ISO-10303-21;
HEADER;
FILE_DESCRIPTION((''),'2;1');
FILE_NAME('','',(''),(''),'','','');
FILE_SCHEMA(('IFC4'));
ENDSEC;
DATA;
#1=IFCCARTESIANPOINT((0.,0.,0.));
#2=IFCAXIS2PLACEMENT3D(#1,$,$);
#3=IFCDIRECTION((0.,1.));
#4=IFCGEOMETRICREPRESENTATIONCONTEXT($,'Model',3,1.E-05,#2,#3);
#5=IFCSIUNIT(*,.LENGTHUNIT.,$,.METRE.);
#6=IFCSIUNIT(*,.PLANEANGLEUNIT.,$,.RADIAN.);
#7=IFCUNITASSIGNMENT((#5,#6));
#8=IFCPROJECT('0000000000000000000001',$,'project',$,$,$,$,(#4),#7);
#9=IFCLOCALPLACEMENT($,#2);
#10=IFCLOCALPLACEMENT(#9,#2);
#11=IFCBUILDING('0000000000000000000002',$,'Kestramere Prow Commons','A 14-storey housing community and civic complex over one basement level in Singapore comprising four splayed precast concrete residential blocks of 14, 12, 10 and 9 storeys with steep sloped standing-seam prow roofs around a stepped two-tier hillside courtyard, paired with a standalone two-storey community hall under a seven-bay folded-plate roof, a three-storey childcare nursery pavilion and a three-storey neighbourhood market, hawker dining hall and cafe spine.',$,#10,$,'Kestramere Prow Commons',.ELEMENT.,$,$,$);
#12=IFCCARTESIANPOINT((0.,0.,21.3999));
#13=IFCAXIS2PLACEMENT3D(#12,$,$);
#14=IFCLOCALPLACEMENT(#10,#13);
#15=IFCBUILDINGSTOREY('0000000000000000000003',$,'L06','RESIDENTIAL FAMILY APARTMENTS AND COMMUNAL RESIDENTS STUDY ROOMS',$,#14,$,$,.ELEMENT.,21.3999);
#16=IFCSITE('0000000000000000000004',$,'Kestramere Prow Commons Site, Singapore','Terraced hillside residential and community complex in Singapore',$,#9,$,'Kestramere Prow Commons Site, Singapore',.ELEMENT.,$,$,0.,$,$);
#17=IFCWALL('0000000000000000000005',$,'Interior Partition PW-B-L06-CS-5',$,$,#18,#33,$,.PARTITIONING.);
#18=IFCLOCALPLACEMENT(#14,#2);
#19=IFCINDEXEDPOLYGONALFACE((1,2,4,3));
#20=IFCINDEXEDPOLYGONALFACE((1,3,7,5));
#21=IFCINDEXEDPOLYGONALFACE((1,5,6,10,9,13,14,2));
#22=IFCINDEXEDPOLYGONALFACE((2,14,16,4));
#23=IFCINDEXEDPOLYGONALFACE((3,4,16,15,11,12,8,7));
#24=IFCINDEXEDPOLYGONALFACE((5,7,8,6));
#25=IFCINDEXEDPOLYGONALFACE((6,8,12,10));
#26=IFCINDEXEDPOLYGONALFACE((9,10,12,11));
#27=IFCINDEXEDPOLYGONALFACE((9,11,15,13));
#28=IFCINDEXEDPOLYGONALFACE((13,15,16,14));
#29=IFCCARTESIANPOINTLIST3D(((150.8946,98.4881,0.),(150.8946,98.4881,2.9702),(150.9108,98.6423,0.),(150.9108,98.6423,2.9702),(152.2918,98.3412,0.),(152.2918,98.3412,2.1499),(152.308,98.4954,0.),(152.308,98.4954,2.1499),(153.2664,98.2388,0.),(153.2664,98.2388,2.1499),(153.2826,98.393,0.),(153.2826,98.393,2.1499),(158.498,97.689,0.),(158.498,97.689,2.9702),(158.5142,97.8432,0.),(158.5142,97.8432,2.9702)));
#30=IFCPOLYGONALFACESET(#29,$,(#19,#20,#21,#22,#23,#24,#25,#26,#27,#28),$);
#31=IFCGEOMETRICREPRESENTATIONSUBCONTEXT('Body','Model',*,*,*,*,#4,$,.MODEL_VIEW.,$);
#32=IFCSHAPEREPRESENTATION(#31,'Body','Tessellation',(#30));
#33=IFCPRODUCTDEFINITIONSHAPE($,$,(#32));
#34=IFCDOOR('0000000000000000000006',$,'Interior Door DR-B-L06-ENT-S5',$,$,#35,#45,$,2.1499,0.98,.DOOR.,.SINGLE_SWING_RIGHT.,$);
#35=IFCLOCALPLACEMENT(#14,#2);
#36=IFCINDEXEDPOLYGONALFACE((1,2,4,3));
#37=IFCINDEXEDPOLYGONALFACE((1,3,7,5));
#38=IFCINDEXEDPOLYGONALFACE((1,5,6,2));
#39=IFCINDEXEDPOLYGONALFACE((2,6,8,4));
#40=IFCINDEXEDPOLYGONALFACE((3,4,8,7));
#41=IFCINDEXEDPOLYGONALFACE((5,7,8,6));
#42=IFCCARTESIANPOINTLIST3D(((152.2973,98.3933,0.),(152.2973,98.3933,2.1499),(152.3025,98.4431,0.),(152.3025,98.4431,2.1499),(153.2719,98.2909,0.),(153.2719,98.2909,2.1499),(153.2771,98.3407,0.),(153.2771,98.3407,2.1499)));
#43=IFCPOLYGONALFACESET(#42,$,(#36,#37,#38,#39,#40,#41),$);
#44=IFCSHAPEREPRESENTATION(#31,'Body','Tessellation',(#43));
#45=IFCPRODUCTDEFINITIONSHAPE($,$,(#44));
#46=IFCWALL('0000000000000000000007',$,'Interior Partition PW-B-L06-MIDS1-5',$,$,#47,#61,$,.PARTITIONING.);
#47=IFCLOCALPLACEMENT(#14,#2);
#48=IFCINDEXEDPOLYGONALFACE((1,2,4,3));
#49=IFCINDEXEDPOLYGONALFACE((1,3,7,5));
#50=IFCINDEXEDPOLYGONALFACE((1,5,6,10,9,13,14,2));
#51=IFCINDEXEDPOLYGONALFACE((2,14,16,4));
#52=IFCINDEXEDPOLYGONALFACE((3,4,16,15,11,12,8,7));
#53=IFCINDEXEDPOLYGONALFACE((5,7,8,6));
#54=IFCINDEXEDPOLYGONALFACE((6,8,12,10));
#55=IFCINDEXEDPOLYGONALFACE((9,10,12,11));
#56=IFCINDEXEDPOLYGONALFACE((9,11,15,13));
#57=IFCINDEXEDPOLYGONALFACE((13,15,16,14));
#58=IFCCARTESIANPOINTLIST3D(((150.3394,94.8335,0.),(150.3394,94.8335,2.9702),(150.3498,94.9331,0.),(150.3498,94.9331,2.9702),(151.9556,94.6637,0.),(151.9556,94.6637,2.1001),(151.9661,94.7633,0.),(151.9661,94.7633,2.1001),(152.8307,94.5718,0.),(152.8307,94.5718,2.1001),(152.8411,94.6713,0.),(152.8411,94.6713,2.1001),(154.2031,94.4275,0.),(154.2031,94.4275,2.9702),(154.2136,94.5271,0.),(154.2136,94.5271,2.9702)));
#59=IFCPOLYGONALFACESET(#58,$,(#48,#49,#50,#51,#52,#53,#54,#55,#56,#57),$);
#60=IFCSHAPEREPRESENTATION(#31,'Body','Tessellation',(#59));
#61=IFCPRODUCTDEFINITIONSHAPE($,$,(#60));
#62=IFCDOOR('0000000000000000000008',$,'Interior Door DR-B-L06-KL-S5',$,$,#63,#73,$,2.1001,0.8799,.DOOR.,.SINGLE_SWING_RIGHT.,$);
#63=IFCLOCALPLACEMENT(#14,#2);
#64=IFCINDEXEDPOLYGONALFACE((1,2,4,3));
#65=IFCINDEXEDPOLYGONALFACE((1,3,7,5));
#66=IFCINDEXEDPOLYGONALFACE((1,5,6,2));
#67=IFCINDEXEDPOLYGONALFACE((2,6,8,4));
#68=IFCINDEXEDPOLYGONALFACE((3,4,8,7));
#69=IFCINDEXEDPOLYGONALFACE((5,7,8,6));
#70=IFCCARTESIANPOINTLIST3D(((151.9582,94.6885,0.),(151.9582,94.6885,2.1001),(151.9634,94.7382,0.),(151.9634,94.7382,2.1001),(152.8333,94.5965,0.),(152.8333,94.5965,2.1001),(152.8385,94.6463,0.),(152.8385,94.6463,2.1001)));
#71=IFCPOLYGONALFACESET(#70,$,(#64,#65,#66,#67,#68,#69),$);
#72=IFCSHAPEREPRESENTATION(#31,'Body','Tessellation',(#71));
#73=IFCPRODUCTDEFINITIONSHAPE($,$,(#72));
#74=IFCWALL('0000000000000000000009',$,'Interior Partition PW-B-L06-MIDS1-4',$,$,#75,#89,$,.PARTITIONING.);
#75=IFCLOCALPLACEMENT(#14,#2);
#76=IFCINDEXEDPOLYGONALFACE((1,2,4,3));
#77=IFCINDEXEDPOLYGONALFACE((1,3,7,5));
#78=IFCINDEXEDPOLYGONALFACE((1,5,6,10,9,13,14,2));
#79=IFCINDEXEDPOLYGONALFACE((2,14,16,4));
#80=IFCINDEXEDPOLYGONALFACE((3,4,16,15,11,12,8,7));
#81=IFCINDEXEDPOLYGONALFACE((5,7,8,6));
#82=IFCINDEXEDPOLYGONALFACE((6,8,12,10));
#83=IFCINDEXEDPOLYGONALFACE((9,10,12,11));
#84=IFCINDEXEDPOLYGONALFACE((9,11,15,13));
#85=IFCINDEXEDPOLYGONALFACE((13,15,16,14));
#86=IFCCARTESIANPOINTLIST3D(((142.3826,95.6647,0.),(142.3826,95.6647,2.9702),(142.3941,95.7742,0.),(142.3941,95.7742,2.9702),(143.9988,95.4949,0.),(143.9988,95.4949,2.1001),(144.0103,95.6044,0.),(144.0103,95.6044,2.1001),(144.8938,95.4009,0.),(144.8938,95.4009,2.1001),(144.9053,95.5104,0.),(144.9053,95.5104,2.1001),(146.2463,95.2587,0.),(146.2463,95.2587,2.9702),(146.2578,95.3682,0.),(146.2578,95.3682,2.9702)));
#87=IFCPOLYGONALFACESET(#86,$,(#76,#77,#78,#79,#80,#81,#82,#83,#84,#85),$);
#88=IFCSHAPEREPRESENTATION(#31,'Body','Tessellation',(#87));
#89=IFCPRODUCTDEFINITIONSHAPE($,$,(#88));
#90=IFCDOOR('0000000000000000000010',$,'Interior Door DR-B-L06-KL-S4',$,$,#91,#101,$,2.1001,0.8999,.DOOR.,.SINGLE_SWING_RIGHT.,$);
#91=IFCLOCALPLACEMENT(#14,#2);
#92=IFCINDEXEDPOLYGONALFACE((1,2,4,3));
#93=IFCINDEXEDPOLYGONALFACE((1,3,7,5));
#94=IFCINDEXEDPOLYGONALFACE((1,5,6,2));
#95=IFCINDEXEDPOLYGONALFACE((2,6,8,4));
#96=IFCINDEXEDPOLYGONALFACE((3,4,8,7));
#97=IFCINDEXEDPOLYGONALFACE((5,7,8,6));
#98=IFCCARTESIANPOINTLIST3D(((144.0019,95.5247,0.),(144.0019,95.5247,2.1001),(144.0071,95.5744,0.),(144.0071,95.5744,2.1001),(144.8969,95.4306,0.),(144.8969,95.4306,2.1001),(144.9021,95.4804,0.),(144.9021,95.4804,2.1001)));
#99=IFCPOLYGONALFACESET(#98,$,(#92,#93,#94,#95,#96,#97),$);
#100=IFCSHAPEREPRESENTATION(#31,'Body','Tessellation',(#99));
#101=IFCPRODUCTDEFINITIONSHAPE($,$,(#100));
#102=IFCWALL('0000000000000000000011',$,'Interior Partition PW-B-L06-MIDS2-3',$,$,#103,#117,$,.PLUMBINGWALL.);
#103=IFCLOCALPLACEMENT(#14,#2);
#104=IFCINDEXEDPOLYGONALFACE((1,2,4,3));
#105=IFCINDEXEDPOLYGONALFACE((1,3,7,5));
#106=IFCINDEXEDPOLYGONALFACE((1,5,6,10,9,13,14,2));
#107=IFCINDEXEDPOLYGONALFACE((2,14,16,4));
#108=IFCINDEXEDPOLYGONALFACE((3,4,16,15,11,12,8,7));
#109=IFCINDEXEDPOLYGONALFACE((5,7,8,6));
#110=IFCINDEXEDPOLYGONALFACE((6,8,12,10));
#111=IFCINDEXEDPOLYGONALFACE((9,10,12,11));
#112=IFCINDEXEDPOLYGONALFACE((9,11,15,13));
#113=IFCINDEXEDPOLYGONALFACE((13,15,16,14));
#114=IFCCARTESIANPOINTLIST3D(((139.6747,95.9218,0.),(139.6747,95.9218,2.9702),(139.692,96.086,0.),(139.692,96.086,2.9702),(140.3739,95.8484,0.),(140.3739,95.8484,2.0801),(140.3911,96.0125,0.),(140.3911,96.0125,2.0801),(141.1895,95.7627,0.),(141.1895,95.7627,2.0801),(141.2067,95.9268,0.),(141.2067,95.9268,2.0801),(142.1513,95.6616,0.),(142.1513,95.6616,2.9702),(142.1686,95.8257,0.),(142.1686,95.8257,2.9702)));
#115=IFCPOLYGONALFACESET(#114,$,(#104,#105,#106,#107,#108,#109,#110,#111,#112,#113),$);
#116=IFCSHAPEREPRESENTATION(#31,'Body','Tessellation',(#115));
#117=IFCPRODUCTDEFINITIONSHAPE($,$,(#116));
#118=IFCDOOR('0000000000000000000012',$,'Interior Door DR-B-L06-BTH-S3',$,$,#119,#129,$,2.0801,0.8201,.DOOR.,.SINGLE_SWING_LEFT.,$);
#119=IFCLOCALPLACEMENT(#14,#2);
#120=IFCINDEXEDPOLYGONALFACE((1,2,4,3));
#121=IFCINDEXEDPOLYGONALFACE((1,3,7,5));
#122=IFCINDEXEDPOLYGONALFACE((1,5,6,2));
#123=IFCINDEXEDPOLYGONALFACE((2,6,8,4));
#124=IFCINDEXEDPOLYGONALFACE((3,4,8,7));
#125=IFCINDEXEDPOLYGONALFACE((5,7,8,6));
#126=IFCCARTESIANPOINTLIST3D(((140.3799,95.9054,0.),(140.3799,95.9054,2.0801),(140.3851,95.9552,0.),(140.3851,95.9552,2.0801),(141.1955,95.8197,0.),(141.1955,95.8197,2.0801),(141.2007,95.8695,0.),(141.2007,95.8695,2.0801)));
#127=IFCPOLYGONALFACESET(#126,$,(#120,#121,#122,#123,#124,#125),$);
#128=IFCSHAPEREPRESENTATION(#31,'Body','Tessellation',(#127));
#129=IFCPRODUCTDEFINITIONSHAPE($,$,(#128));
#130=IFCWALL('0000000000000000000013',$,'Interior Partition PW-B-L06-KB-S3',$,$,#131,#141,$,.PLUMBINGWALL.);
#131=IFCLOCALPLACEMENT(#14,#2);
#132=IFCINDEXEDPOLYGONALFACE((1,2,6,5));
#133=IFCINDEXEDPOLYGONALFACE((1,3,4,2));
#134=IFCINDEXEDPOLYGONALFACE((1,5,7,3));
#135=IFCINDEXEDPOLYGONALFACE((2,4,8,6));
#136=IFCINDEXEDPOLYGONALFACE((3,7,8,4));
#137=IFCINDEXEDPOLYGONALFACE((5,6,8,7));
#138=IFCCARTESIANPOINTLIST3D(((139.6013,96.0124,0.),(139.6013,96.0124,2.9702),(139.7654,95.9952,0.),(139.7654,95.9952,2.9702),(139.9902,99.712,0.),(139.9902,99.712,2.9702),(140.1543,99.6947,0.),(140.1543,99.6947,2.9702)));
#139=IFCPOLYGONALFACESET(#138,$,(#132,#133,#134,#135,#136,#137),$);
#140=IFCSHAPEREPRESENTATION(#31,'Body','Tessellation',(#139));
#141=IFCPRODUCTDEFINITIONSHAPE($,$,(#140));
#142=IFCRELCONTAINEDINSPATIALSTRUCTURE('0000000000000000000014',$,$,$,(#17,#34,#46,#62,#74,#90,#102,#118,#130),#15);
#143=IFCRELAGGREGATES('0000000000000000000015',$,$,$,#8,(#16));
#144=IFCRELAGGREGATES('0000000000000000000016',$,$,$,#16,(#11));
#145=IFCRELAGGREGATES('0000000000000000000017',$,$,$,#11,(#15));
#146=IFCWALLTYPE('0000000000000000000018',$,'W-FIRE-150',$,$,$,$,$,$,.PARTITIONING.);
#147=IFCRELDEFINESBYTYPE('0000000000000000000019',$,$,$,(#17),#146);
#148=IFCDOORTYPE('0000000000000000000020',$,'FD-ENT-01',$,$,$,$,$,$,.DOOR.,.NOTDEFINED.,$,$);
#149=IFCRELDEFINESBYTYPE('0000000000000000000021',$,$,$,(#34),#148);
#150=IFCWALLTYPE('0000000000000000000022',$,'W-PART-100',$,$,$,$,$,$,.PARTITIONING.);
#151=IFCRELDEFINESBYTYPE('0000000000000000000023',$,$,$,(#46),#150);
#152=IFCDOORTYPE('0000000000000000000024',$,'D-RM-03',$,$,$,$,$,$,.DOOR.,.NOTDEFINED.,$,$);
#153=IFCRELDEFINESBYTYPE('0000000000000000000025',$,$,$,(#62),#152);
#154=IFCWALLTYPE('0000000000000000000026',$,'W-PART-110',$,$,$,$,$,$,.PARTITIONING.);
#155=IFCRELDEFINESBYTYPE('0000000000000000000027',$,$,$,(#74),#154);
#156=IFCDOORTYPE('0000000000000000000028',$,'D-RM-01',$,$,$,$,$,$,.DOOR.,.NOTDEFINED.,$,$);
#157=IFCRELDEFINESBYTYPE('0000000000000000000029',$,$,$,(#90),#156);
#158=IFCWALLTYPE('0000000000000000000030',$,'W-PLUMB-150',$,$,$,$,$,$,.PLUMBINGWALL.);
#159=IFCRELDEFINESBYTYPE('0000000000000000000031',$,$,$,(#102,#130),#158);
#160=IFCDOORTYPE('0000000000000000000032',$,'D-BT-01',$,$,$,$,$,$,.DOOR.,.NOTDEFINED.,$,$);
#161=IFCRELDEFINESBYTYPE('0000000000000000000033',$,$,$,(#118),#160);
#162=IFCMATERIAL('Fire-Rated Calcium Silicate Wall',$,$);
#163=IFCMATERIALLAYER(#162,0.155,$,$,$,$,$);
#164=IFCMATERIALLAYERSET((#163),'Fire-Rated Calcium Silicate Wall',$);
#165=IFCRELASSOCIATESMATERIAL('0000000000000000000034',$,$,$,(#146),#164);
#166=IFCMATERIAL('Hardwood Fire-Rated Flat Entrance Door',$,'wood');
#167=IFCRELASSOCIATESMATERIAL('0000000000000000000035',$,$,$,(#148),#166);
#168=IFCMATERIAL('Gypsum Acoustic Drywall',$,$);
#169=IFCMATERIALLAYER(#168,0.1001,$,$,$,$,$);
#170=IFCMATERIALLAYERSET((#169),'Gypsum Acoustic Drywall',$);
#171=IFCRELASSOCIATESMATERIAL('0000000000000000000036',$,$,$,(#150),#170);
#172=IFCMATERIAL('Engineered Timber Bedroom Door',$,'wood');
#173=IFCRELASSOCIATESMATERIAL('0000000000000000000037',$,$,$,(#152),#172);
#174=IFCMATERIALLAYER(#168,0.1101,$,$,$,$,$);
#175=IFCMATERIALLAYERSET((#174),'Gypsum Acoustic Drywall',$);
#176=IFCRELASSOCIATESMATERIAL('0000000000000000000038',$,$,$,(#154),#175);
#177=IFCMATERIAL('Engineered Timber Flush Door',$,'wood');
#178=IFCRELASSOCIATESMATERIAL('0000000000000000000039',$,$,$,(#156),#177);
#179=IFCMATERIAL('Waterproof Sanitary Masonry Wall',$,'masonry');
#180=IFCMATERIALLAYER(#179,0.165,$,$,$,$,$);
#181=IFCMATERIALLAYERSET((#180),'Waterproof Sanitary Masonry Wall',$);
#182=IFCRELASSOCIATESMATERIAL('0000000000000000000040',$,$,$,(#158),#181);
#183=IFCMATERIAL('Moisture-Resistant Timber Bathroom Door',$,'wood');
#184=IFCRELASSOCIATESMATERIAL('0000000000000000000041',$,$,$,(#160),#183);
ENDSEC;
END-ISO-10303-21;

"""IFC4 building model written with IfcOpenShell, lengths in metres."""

from ifc_helpers import new_model, si_unit, direction, frame, frame_2d, origin, place, context, subcontext, project, spatial, rectangle, extrude, material, layer, layer_set, type_object, element, fill, save


model = new_model("IFC4")

# Units and contexts
model_context = context("Model", 3, precision=1e-05, world=origin(), true_north=direction((0.0, 1.0)))
body_context = subcontext(model_context, "Body", "Model", "MODEL_VIEW")
ifc_project = project(units=[si_unit("LENGTHUNIT", "METRE"), si_unit("PLANEANGLEUNIT", "RADIAN")], contexts=[model_context])

# Site, building, storey
site_placement = place(None, origin())
site = spatial("IfcSite", under=ifc_project, at=site_placement, Name="Kestramere Prow Commons Site, Singapore", Description="Terraced hillside residential and community complex in Singapore", LongName="Kestramere Prow Commons Site, Singapore", CompositionType="ELEMENT", RefElevation=0.0)
building_placement = place(site_placement, origin())
building = spatial("IfcBuilding", under=site, at=building_placement, Name="Kestramere Prow Commons", Description="A 14-storey housing community and civic complex over one basement level in Singapore comprising four splayed precast concrete residential blocks of 14, 12, 10 and 9 storeys with steep sloped standing-seam prow roofs around a stepped two-tier hillside courtyard, paired with a standalone two-storey community hall under a seven-bay folded-plate roof, a three-storey childcare nursery pavilion and a three-storey neighbourhood market, hawker dining hall and cafe spine.", LongName="Kestramere Prow Commons", CompositionType="ELEMENT")
storey_placement = place(building_placement, frame((0.0, 0.0, 21.3999)))
storey = spatial("IfcBuildingStorey", under=building, at=storey_placement, Name="L06", Description="RESIDENTIAL FAMILY APARTMENTS AND COMMUNAL RESIDENTS STUDY ROOMS", CompositionType="ELEMENT", Elevation=21.3999)

# Walls, openings, doors
ifc_material_1 = material(Name="Fire-Rated Calcium Silicate Wall")
ifc_layer_1 = layer(ifc_material_1, 0.155)
ifc_layer_set_1 = layer_set([ifc_layer_1], Name="Fire-Rated Calcium Silicate Wall")
wall_type_1 = type_object("IfcWallType", Name="W-FIRE-150", PredefinedType="PARTITIONING", material=ifc_layer_set_1)
ifc_material_2 = material(Name="Hardwood Fire-Rated Flat Entrance Door", Category="wood")
wall_1_placement = place(storey_placement, frame((150.9026, 98.5652, 0.0), z_axis=(0.0, 0.0, 1.0), x_axis=(0.994523, -0.10452, 0.0)))
wall_1 = element("IfcWall", 1, at=wall_1_placement, inside=storey, type_object=wall_type_1, Name="Interior Partition PW-B-L06-CS-5", PredefinedType="PARTITIONING", context=body_context, shape_type="SweptSolid", body=[
    extrude(rectangle(XDim=7.6453, YDim=0.155, at=frame_2d((3.8228, 0.0))), origin(), (0.0, 0.0, 1.0), 2.9702),
])
opening_1_placement = place(wall_1_placement, frame((1.405, 0.0, 0.0)))
opening_1 = element("IfcOpeningElement", 2, at=opening_1_placement, cuts=wall_1, PredefinedType="OPENING", context=body_context, shape_type="SweptSolid", body=[
    extrude(rectangle(XDim=0.98, YDim=2.1499, at=frame_2d((0.49, 1.075))), frame((0.0, 0.0925, 0.0), z_axis=(0.0, -1.0, 0.0), x_axis=(1.0, 0.0, 0.0)), (0.0, 0.0, 1.0), 0.1851),
])
door_type_1 = type_object("IfcDoorType", Name="FD-ENT-01", OperationType="NOTDEFINED", PredefinedType="DOOR", material=ifc_material_2)
door_1_placement = place(opening_1_placement, origin())
door_1 = element("IfcDoor", 3, at=door_1_placement, inside=storey, type_object=door_type_1, Name="Interior Door DR-B-L06-ENT-S5", OperationType="SINGLE_SWING_RIGHT", OverallHeight=2.1499, OverallWidth=0.98, PredefinedType="DOOR", context=body_context, shape_type="SweptSolid", body=[
    extrude(rectangle(XDim=0.98, YDim=2.1499, at=frame_2d((0.49, 1.075))), frame((0.0, 0.0249, 0.0), z_axis=(0.0, -1.0, 0.0), x_axis=(1.0, 0.0, 0.0)), (0.0, 0.0, 1.0), 0.05),
])
fill(opening_1, door_1)
ifc_material_3 = material(Name="Gypsum Acoustic Drywall")
ifc_layer_2 = layer(ifc_material_3, 0.1001)
ifc_layer_set_2 = layer_set([ifc_layer_2], Name="Gypsum Acoustic Drywall")
wall_type_2 = type_object("IfcWallType", Name="W-PART-100", PredefinedType="PARTITIONING", material=ifc_layer_set_2)
wall_2_placement = place(storey_placement, frame((150.3447, 94.8833, 0.0), z_axis=(0.0, 0.0, 1.0), x_axis=(0.994524, -0.104505, 0.0)))
wall_2 = element("IfcWall", 4, at=wall_2_placement, inside=storey, type_object=wall_type_2, Name="Interior Partition PW-B-L06-MIDS1-5", PredefinedType="PARTITIONING", context=body_context, shape_type="SweptSolid", body=[
    extrude(rectangle(XDim=3.885, YDim=0.1001, at=frame_2d((1.9424, 0.0))), origin(), (0.0, 0.0, 1.0), 2.9702),
])
opening_2_placement = place(wall_2_placement, frame((1.625, 0.0, 0.0)))
opening_2 = element("IfcOpeningElement", 5, at=opening_2_placement, cuts=wall_2, PredefinedType="OPENING", context=body_context, shape_type="SweptSolid", body=[
    extrude(rectangle(XDim=0.8799, YDim=2.1001, at=frame_2d((0.4399, 1.05))), frame((0.0, 0.0649, 0.0), z_axis=(0.0, -1.0, 0.0), x_axis=(1.0, 0.0, 0.0)), (0.0, 0.0, 1.0), 0.1301),
])
ifc_material_4 = material(Name="Engineered Timber Bedroom Door", Category="wood")
door_type_2 = type_object("IfcDoorType", Name="D-RM-03", OperationType="NOTDEFINED", PredefinedType="DOOR", material=ifc_material_4)
door_2_placement = place(opening_2_placement, origin())
door_2 = element("IfcDoor", 6, at=door_2_placement, inside=storey, type_object=door_type_2, Name="Interior Door DR-B-L06-KL-S5", OperationType="SINGLE_SWING_RIGHT", OverallHeight=2.1001, OverallWidth=0.8799, PredefinedType="DOOR", context=body_context, shape_type="SweptSolid", body=[
    extrude(rectangle(XDim=0.8799, YDim=2.1001, at=frame_2d((0.4399, 1.05))), frame((0.0, 0.0249, 0.0), z_axis=(0.0, -1.0, 0.0), x_axis=(1.0, 0.0, 0.0)), (0.0, 0.0, 1.0), 0.05),
])
fill(opening_2, door_2)
ifc_layer_3 = layer(ifc_material_3, 0.1101)
ifc_layer_set_3 = layer_set([ifc_layer_3], Name="Gypsum Acoustic Drywall")
wall_type_3 = type_object("IfcWallType", Name="W-PART-110", PredefinedType="PARTITIONING", material=ifc_layer_set_3)
wall_3_placement = place(storey_placement, frame((142.3884, 95.7195, 0.0), z_axis=(0.0, 0.0, 1.0), x_axis=(0.994524, -0.104505, 0.0)))
wall_3 = element("IfcWall", 7, at=wall_3_placement, inside=storey, type_object=wall_type_3, Name="Interior Partition PW-B-L06-MIDS1-4", PredefinedType="PARTITIONING", context=body_context, shape_type="SweptSolid", body=[
    extrude(rectangle(XDim=3.885, YDim=0.1101, at=frame_2d((1.9424, 0.0))), origin(), (0.0, 0.0, 1.0), 2.9702),
])
opening_3_placement = place(wall_3_placement, frame((1.625, 0.0, 0.0)))
opening_3 = element("IfcOpeningElement", 8, at=opening_3_placement, cuts=wall_3, PredefinedType="OPENING", context=body_context, shape_type="SweptSolid", body=[
    extrude(rectangle(XDim=0.8999, YDim=2.1001, at=frame_2d((0.45, 1.05))), frame((0.0, 0.0701, 0.0), z_axis=(0.0, -1.0, 0.0), x_axis=(1.0, 0.0, 0.0)), (0.0, 0.0, 1.0), 0.1401),
])
ifc_material_5 = material(Name="Engineered Timber Flush Door", Category="wood")
door_type_3 = type_object("IfcDoorType", Name="D-RM-01", OperationType="NOTDEFINED", PredefinedType="DOOR", material=ifc_material_5)
door_3_placement = place(opening_3_placement, origin())
door_3 = element("IfcDoor", 9, at=door_3_placement, inside=storey, type_object=door_type_3, Name="Interior Door DR-B-L06-KL-S4", OperationType="SINGLE_SWING_RIGHT", OverallHeight=2.1001, OverallWidth=0.8999, PredefinedType="DOOR", context=body_context, shape_type="SweptSolid", body=[
    extrude(rectangle(XDim=0.8999, YDim=2.1001, at=frame_2d((0.45, 1.05))), frame((0.0, 0.0249, 0.0), z_axis=(0.0, -1.0, 0.0), x_axis=(1.0, 0.0, 0.0)), (0.0, 0.0, 1.0), 0.05),
])
fill(opening_3, door_3)
ifc_material_6 = material(Name="Waterproof Sanitary Masonry Wall", Category="masonry")
ifc_layer_4 = layer(ifc_material_6, 0.165)
ifc_layer_set_4 = layer_set([ifc_layer_4], Name="Waterproof Sanitary Masonry Wall")
wall_type_4 = type_object("IfcWallType", Name="W-PLUMB-150", PredefinedType="PLUMBINGWALL", material=ifc_layer_set_4)
wall_4_placement = place(storey_placement, frame((139.6833, 96.0039, 0.0), z_axis=(0.0, 0.0, 1.0), x_axis=(0.994524, -0.104511, 0.0)))
wall_4 = element("IfcWall", 10, at=wall_4_placement, inside=storey, type_object=wall_type_4, Name="Interior Partition PW-B-L06-MIDS2-3", PredefinedType="PLUMBINGWALL", context=body_context, shape_type="SweptSolid", body=[
    extrude(rectangle(XDim=2.4902, YDim=0.165, at=frame_2d((1.2451, 0.0))), origin(), (0.0, 0.0, 1.0), 2.9702),
])
opening_4_placement = place(wall_4_placement, frame((0.7029, 0.0, 0.0)))
opening_4 = element("IfcOpeningElement", 11, at=opening_4_placement, cuts=wall_4, PredefinedType="OPENING", context=body_context, shape_type="SweptSolid", body=[
    extrude(rectangle(XDim=0.8201, YDim=2.0801, at=frame_2d((0.4102, 1.04))), frame((0.0, 0.0974, 0.0), z_axis=(0.0, -1.0, 0.0), x_axis=(1.0, 0.0, 0.0)), (0.0, 0.0, 1.0), 0.1951),
])
ifc_material_7 = material(Name="Moisture-Resistant Timber Bathroom Door", Category="wood")
door_type_4 = type_object("IfcDoorType", Name="D-BT-01", OperationType="NOTDEFINED", PredefinedType="DOOR", material=ifc_material_7)
door_4_placement = place(opening_4_placement, origin())
door_4 = element("IfcDoor", 12, at=door_4_placement, inside=storey, type_object=door_type_4, Name="Interior Door DR-B-L06-BTH-S3", OperationType="SINGLE_SWING_LEFT", OverallHeight=2.0801, OverallWidth=0.8201, PredefinedType="DOOR", context=body_context, shape_type="SweptSolid", body=[
    extrude(rectangle(XDim=0.8201, YDim=2.0801, at=frame_2d((0.4102, 1.04))), frame((0.0, 0.0249, 0.0), z_axis=(0.0, -1.0, 0.0), x_axis=(1.0, 0.0, 0.0)), (0.0, 0.0, 1.0), 0.05),
])
fill(opening_4, door_4)

# Wall
wall_5_placement = place(storey_placement, frame((139.6833, 96.0039, 0.0), z_axis=(0.0, 0.0, 1.0), x_axis=(0.104552, 0.994519, 0.0)))
element("IfcWall", 13, at=wall_5_placement, inside=storey, type_object=wall_type_4, Name="Interior Partition PW-B-L06-KB-S3", PredefinedType="PLUMBINGWALL", context=body_context, shape_type="SweptSolid", body=[
    extrude(rectangle(XDim=3.72, YDim=0.165, at=frame_2d((1.8599, 0.0))), origin(), (0.0, 0.0, 1.0), 2.9702),
])

save(model, "model.ifc")
